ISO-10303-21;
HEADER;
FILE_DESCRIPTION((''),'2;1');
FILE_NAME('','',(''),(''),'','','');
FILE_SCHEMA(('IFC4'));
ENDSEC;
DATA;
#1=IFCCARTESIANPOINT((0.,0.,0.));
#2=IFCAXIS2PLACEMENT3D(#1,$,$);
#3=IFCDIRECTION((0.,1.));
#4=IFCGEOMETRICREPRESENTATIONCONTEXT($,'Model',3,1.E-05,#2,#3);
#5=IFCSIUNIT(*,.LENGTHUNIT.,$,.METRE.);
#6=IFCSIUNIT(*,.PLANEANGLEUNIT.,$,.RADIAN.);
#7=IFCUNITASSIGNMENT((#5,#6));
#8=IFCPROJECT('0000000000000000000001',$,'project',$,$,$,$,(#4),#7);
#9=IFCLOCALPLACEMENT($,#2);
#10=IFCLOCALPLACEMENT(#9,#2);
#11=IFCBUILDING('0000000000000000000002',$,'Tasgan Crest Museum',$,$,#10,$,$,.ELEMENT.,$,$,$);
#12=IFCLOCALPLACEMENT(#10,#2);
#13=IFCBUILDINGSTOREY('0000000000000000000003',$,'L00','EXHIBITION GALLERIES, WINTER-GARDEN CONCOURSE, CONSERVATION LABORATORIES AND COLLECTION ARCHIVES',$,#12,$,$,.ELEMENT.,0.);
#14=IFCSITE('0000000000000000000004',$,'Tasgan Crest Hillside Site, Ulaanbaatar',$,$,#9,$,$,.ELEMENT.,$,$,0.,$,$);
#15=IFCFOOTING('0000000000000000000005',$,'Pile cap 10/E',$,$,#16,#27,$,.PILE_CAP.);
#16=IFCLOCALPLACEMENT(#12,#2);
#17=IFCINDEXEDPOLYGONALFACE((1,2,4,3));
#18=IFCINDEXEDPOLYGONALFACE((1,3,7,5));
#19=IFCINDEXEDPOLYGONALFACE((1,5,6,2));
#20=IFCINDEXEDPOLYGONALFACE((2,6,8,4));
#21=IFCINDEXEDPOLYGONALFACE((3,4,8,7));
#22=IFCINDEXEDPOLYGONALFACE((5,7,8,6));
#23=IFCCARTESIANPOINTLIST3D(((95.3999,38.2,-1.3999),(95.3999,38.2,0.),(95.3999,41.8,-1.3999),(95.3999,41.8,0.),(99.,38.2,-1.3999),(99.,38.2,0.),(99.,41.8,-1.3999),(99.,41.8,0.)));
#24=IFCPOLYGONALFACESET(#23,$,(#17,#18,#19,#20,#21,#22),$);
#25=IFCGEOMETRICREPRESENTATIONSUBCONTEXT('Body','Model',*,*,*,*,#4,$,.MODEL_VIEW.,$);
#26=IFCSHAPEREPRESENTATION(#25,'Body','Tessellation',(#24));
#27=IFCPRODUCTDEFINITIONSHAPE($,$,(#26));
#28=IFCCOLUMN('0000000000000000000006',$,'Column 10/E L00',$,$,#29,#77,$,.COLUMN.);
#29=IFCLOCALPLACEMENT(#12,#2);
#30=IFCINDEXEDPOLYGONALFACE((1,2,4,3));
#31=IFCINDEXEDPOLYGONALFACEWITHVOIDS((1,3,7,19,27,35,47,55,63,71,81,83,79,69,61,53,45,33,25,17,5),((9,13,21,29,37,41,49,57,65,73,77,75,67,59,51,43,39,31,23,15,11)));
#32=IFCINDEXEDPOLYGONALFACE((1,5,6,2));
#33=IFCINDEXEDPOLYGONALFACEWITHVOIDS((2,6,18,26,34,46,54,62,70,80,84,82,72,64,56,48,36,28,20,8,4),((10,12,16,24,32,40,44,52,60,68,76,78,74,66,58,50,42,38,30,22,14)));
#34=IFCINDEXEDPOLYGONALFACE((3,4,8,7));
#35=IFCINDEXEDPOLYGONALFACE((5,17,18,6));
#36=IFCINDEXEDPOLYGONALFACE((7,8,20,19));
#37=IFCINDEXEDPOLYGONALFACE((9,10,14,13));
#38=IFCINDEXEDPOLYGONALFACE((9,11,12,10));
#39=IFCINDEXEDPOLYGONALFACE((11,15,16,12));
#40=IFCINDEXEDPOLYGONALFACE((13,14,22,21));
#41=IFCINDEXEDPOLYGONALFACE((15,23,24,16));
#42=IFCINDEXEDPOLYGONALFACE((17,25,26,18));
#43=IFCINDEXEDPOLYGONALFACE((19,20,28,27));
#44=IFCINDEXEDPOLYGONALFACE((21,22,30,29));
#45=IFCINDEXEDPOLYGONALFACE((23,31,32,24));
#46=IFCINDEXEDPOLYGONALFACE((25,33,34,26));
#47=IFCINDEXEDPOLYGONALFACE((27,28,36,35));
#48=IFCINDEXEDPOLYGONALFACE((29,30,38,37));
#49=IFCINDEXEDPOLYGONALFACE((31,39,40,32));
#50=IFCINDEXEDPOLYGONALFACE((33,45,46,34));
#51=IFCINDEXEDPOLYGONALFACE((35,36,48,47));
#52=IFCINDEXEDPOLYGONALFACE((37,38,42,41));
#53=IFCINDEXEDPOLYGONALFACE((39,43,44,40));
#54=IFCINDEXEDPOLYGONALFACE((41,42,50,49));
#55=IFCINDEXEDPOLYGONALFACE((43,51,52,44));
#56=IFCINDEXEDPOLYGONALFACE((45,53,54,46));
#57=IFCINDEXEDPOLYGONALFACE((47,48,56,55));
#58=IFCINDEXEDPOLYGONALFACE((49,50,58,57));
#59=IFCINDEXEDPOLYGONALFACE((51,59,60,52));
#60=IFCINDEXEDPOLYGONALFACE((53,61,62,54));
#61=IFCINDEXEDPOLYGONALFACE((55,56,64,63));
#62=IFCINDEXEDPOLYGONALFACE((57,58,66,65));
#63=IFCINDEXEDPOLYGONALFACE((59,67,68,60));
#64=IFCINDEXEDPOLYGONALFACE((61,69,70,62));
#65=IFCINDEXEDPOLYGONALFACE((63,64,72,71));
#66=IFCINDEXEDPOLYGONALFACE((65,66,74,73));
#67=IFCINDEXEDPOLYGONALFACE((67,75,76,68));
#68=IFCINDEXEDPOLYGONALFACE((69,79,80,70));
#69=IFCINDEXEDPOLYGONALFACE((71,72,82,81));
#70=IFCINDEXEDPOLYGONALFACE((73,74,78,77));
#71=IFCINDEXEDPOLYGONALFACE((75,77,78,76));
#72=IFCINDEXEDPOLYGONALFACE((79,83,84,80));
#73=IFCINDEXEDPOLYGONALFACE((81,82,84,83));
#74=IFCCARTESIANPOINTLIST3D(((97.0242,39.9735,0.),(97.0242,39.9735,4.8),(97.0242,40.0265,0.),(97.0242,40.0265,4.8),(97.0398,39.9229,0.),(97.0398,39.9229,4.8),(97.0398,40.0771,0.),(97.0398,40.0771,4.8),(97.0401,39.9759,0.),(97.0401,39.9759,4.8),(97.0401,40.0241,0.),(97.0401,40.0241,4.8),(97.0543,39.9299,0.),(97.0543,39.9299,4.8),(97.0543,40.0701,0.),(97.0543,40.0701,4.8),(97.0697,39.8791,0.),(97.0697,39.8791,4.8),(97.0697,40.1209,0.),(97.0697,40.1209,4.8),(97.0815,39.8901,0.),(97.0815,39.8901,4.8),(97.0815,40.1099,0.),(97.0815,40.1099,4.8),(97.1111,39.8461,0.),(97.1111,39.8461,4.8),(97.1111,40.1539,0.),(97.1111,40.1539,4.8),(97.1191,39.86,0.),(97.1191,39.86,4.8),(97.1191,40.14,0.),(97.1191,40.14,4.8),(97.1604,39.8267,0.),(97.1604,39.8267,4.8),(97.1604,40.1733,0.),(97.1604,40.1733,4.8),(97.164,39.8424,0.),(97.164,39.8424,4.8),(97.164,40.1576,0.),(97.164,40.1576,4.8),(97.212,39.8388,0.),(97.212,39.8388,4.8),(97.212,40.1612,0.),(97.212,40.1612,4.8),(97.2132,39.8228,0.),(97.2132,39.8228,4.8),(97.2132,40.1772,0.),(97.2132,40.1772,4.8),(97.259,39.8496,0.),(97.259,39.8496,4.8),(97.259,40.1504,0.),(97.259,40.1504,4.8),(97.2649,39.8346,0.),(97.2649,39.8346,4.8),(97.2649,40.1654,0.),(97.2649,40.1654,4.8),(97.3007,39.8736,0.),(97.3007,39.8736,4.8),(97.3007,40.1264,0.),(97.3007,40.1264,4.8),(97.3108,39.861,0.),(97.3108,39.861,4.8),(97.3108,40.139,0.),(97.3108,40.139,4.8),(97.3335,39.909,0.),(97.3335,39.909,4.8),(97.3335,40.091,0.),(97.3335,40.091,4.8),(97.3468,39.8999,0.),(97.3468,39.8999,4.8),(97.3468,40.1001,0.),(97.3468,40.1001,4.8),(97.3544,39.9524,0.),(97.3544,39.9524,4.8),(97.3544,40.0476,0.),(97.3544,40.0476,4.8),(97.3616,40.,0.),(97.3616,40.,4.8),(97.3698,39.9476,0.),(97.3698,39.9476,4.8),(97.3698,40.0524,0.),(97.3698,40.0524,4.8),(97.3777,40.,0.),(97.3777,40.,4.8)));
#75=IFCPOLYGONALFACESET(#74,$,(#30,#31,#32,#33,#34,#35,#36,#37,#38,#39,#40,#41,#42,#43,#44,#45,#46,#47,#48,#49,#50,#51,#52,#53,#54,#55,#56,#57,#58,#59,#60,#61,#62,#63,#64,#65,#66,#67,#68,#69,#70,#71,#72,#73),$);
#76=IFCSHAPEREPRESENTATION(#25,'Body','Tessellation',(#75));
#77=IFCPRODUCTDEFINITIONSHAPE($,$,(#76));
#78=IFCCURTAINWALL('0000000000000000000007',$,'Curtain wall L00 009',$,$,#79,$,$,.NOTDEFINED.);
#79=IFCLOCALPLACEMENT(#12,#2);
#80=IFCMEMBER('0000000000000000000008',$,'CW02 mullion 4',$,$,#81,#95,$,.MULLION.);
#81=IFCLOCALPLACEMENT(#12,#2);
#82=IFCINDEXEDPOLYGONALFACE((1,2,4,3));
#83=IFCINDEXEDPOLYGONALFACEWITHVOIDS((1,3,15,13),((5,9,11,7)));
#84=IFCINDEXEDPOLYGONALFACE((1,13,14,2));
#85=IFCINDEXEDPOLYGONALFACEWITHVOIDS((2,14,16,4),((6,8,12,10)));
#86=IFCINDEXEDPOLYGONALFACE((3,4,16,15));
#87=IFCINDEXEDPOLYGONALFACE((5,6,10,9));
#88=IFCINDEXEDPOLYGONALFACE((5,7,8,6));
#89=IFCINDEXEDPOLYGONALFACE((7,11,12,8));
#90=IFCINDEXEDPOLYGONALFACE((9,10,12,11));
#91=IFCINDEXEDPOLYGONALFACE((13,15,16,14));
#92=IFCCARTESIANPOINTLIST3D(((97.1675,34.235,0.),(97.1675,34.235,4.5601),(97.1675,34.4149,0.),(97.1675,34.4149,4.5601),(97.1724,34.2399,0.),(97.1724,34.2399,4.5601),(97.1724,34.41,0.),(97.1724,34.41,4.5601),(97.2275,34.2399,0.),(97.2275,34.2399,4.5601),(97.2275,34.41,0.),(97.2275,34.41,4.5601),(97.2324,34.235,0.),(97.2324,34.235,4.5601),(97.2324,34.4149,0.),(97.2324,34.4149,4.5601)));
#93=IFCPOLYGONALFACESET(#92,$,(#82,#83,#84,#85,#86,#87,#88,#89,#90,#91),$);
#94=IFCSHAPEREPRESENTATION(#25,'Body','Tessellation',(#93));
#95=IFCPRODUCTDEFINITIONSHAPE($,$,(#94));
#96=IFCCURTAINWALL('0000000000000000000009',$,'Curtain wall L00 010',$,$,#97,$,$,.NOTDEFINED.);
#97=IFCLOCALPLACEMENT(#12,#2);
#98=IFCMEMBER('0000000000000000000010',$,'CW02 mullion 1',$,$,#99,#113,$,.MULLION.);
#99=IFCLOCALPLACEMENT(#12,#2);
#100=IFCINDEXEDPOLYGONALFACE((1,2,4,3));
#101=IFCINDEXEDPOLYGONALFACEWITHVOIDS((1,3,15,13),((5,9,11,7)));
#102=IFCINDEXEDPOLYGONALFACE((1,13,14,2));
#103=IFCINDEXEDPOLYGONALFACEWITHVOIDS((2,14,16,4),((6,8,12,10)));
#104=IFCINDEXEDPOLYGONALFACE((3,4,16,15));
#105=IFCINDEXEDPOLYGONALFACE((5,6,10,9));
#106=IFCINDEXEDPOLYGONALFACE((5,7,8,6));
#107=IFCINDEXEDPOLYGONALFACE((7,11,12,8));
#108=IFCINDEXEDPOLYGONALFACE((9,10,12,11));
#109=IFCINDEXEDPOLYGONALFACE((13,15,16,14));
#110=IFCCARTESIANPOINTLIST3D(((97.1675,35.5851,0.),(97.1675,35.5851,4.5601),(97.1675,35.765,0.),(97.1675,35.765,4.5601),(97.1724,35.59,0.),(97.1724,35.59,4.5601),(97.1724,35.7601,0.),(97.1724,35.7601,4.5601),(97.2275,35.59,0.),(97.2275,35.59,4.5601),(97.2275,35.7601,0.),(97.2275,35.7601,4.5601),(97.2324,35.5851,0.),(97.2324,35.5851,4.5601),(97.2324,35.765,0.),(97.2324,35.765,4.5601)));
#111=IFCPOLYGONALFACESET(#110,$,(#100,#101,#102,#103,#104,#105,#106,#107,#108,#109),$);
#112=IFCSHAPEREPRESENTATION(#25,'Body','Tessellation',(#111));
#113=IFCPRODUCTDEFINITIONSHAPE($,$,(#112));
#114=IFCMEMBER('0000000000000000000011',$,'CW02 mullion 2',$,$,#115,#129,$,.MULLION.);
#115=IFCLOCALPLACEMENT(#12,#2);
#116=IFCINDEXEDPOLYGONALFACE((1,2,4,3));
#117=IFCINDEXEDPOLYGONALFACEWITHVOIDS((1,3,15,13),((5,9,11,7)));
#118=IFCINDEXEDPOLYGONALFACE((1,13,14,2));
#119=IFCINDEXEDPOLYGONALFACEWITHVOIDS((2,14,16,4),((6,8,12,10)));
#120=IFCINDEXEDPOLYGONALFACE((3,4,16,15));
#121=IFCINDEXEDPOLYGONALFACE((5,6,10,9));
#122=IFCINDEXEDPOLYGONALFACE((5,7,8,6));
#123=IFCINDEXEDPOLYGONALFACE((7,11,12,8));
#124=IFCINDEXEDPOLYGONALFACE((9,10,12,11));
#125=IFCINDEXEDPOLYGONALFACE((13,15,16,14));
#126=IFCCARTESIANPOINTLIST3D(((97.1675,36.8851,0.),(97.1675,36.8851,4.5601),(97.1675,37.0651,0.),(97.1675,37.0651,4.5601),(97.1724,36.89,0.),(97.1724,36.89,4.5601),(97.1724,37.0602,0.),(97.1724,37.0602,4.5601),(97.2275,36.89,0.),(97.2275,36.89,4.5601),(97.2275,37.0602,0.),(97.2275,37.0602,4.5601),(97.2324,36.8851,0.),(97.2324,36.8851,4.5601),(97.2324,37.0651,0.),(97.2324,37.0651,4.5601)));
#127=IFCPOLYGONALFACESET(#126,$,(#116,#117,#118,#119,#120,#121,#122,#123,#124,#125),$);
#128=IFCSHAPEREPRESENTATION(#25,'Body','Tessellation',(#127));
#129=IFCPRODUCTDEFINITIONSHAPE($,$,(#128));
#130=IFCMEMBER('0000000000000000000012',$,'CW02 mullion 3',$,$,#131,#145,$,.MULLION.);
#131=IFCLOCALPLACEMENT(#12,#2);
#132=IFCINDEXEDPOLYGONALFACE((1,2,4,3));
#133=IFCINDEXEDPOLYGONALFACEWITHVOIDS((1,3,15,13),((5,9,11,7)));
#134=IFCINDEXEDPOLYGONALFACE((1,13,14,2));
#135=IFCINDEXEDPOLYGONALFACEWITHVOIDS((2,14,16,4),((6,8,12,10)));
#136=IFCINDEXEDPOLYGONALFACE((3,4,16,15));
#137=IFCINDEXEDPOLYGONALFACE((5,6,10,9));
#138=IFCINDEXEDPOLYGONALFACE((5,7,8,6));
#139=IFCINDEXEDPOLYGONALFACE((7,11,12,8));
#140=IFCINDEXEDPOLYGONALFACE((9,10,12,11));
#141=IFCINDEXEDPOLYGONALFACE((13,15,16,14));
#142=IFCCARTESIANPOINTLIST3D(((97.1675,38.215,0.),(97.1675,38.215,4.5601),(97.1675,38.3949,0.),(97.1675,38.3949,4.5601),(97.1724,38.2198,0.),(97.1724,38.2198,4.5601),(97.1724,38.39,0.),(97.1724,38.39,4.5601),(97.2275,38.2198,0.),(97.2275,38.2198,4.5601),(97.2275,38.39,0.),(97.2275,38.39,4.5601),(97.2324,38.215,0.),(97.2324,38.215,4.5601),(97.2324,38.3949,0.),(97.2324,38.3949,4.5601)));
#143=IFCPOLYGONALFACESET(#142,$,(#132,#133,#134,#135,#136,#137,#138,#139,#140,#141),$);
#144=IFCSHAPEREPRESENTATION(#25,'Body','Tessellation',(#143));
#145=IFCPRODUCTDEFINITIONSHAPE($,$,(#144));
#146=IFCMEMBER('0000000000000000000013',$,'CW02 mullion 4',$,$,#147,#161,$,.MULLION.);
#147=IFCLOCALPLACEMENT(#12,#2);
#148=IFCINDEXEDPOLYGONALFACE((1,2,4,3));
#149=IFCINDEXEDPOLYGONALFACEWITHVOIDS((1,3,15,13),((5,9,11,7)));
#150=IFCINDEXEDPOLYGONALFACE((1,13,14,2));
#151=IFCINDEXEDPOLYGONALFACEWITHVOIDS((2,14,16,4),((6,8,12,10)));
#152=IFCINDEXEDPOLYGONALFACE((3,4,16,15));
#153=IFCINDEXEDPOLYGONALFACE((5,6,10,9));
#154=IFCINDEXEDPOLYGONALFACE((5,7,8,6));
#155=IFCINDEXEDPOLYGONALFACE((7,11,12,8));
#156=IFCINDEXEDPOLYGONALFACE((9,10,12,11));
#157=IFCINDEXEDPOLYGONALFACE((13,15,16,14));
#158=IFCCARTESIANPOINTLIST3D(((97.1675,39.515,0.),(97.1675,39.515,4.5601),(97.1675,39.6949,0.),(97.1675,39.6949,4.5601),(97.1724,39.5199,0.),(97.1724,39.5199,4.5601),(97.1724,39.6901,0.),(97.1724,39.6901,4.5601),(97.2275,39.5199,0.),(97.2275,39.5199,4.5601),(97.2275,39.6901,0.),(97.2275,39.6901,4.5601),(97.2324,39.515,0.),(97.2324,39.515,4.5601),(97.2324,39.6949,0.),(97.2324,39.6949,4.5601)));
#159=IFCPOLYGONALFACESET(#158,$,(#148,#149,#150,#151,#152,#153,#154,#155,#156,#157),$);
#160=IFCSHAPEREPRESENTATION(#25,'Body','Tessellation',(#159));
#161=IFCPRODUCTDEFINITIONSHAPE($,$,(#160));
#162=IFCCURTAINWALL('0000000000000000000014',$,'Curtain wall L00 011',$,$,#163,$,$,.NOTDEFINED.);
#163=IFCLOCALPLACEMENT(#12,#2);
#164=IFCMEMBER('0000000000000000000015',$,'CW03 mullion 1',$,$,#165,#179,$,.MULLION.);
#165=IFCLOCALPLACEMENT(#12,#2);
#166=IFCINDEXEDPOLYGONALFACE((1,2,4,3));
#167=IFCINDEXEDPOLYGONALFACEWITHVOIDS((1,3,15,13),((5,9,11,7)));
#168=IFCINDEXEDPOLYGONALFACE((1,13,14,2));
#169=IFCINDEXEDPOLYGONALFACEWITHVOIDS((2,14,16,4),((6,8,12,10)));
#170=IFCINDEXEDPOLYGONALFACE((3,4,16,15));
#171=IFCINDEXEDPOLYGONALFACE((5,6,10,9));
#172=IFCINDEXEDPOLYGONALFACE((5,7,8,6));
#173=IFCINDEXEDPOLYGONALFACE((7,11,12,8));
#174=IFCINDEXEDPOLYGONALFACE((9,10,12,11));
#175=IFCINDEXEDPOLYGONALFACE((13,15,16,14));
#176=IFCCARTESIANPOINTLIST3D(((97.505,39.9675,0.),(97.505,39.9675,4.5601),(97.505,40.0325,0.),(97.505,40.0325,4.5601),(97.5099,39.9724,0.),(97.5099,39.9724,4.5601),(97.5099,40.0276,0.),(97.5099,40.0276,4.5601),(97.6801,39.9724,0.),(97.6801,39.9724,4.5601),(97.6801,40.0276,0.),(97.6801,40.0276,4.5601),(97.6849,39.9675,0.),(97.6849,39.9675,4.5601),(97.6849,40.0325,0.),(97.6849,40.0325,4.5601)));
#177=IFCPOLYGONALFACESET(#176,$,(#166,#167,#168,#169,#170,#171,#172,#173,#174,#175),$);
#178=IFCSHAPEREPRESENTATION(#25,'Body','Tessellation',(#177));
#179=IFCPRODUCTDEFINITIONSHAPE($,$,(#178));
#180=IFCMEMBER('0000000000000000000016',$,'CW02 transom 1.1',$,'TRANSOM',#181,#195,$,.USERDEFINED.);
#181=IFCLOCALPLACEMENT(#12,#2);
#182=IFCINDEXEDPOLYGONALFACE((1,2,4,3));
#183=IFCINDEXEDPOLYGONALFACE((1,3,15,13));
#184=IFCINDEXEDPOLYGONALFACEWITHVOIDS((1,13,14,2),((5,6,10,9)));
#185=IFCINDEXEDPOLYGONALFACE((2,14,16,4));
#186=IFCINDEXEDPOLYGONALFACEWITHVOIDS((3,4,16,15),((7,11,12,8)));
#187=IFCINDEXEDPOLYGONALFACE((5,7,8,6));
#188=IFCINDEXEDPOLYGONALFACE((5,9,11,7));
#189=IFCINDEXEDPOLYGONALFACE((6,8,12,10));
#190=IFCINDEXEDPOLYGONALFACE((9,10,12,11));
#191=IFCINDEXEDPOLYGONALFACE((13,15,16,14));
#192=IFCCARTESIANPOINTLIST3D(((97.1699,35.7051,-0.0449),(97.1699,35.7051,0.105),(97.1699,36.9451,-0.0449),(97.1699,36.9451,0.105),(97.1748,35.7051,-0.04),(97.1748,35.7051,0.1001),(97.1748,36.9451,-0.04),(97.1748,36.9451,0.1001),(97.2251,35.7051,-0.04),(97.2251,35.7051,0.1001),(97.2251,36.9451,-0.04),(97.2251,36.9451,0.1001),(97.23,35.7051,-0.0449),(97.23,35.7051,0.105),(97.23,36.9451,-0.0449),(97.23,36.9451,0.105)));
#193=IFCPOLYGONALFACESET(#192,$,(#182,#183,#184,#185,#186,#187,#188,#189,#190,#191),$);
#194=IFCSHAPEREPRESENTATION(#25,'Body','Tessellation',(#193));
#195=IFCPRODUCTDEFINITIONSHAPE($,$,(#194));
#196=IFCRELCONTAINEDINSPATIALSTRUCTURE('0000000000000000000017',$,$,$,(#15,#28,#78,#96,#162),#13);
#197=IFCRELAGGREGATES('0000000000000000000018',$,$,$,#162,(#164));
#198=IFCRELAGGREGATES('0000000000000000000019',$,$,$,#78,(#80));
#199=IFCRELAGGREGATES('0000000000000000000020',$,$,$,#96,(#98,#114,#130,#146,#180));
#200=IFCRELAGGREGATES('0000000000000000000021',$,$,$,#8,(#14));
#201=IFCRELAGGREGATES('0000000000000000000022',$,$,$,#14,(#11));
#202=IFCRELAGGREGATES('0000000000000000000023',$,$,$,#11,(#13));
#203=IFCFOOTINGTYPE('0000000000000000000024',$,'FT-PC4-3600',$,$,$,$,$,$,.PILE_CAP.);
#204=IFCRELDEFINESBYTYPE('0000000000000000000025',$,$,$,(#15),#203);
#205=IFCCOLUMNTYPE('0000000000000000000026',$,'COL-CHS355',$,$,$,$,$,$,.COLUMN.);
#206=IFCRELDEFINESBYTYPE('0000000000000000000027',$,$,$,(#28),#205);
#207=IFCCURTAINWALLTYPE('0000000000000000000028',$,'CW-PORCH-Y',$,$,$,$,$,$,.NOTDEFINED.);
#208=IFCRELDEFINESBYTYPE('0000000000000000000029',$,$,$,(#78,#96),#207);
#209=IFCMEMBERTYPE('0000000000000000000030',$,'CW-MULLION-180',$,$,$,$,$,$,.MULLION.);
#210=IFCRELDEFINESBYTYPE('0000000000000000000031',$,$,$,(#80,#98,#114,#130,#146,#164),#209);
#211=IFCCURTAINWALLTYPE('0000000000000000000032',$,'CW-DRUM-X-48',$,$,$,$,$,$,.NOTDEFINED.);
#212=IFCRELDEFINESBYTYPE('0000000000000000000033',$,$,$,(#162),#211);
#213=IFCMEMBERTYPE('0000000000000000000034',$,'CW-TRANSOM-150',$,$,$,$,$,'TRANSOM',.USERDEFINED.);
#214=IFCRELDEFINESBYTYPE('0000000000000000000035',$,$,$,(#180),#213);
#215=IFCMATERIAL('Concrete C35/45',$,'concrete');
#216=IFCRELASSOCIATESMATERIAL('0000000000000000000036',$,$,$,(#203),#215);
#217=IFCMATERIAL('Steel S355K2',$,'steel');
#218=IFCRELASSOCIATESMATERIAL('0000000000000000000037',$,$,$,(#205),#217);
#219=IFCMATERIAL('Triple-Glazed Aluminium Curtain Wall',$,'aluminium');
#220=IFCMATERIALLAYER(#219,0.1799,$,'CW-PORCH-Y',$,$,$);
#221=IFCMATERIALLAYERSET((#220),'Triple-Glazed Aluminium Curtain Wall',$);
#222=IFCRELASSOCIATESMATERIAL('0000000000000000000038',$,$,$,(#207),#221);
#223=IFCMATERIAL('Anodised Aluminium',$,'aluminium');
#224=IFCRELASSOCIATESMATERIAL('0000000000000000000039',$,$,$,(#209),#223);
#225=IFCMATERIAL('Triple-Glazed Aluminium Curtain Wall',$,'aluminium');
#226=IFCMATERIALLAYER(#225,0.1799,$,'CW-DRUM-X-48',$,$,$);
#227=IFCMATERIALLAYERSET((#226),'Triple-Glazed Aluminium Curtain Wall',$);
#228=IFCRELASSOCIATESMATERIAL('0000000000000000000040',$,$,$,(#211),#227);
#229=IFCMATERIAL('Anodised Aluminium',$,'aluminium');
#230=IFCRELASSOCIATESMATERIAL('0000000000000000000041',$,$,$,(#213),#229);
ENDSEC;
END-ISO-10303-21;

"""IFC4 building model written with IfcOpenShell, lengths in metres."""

from ifc_helpers import new_model, si_unit, direction, frame, origin, origin_2d, place, context, subcontext, project, spatial, rectangle, hollow_rectangle, hollow_circle, extrude, material, layer, layer_set, material_profile, profile_set, type_object, element, aggregate, save


model = new_model("IFC4")

# Units and contexts
model_context = context("Model", 3, precision=1e-05, world=origin(), true_north=direction((0.0, 1.0)))
body_context = subcontext(model_context, "Body", "Model", "MODEL_VIEW")
ifc_project = project(units=[si_unit("LENGTHUNIT", "METRE"), si_unit("PLANEANGLEUNIT", "RADIAN")], contexts=[model_context])

# Site, building, storey
site_placement = place(None, origin())
site = spatial("IfcSite", under=ifc_project, at=site_placement, Name="Tasgan Crest Hillside Site, Ulaanbaatar", CompositionType="ELEMENT", RefElevation=0.0)
building_placement = place(site_placement, origin())
building = spatial("IfcBuilding", under=site, at=building_placement, Name="Tasgan Crest Museum", CompositionType="ELEMENT")
storey_placement = place(building_placement, origin())
storey = spatial("IfcBuildingStorey", under=building, at=storey_placement, Name="L00", Description="EXHIBITION GALLERIES, WINTER-GARDEN CONCOURSE, CONSERVATION LABORATORIES AND COLLECTION ARCHIVES", CompositionType="ELEMENT", Elevation=0.0)

# Footing
ifc_material_1 = material(Name="Concrete C35/45", Category="concrete")
footing_type = type_object("IfcFootingType", Name="FT-PC4-3600", PredefinedType="PILE_CAP", material=ifc_material_1)
footing_placement = place(storey_placement, frame((97.2, 40.0, -1.3999), z_axis=(0.0, 0.0, 1.0), x_axis=(1.0, 0.0, 0.0)))
element("IfcFooting", 1, at=footing_placement, inside=storey, type_object=footing_type, Name="Pile cap 10/E", PredefinedType="PILE_CAP", context=body_context, shape_type="SweptSolid", body=[
    extrude(rectangle(XDim=3.6001, YDim=3.6001, at=origin_2d()), origin(), (0.0, 0.0, 1.0), 1.3999),
])

# Column
ifc_material_2 = material(Name="Steel S355K2", Category="steel")
ifc_material_profile_1 = material_profile(ifc_material_2, hollow_circle(Radius=0.1777, WallThickness=0.0161, at=origin_2d()), Name="CHS 355.6x16")
ifc_profile_set_1 = profile_set([ifc_material_profile_1], Name="Steel S355K2")
column_type = type_object("IfcColumnType", Name="COL-CHS355", PredefinedType="COLUMN", material=ifc_profile_set_1)
column_placement = place(storey_placement, frame((97.2, 40.0, 0.0), z_axis=(0.0, 0.0, 1.0), x_axis=(1.0, 0.0, 0.0)))
element("IfcColumn", 2, at=column_placement, inside=storey, type_object=column_type, Name="Column 10/E L00", PredefinedType="COLUMN", context=body_context, shape_type="SweptSolid", body=[
    extrude(hollow_circle(Radius=0.1777, WallThickness=0.0161, at=origin_2d()), origin(), (0.0, 0.0, 1.0), 4.8),
])

# Curtain wall, member
ifc_material_3 = material(Name="Triple-Glazed Aluminium Curtain Wall", Category="aluminium")
ifc_layer_1 = layer(ifc_material_3, 0.1799, Name="CW-PORCH-Y")
ifc_layer_set_1 = layer_set([ifc_layer_1], Name="Triple-Glazed Aluminium Curtain Wall")
curtain_wall_type_1 = type_object("IfcCurtainWallType", Name="CW-PORCH-Y", PredefinedType="NOTDEFINED", material=ifc_layer_set_1)
curtain_wall_1_placement = place(storey_placement, origin())
curtain_wall_1 = element("IfcCurtainWall", 3, at=curtain_wall_1_placement, inside=storey, type_object=curtain_wall_type_1, Name="Curtain wall L00 009", PredefinedType="NOTDEFINED")
ifc_material_4 = material(Name="Anodised Aluminium", Category="aluminium")
ifc_material_profile_2 = material_profile(ifc_material_4, hollow_rectangle(XDim=0.0649, YDim=0.1799, WallThickness=0.0049, at=origin_2d()), Name="ALU MULLION 180x65x5")
ifc_profile_set_2 = profile_set([ifc_material_profile_2], Name="Anodised Aluminium")
member_type_1 = type_object("IfcMemberType", Name="CW-MULLION-180", PredefinedType="MULLION", material=ifc_profile_set_2)
member_1_placement = place(storey_placement, frame((97.2, 34.325, 0.0), z_axis=(0.0, 0.0, 1.0), x_axis=(-1.0, 0.0, 0.0)))
member_1 = element("IfcMember", 4, at=member_1_placement, type_object=member_type_1, Name="CW02 mullion 4", PredefinedType="MULLION", context=body_context, shape_type="SweptSolid", body=[
    extrude(hollow_rectangle(XDim=0.0649, YDim=0.1799, WallThickness=0.0049, at=origin_2d()), origin(), (0.0, 0.0, 1.0), 4.5601),
])

# Curtain wall, members
curtain_wall_2_placement = place(storey_placement, origin())
curtain_wall_2 = element("IfcCurtainWall", 5, at=curtain_wall_2_placement, inside=storey, type_object=curtain_wall_type_1, Name="Curtain wall L00 010", PredefinedType="NOTDEFINED")
member_2_placement = place(storey_placement, frame((97.2, 35.675, 0.0), z_axis=(0.0, 0.0, 1.0), x_axis=(-1.0, 0.0, 0.0)))
member_2 = element("IfcMember", 6, at=member_2_placement, type_object=member_type_1, Name="CW02 mullion 1", PredefinedType="MULLION", context=body_context, shape_type="SweptSolid", body=[
    extrude(hollow_rectangle(XDim=0.0649, YDim=0.1799, WallThickness=0.0049, at=origin_2d()), origin(), (0.0, 0.0, 1.0), 4.5601),
])
member_3_placement = place(storey_placement, frame((97.2, 36.9751, 0.0), z_axis=(0.0, 0.0, 1.0), x_axis=(-1.0, 0.0, 0.0)))
member_3 = element("IfcMember", 7, at=member_3_placement, type_object=member_type_1, Name="CW02 mullion 2", PredefinedType="MULLION", context=body_context, shape_type="SweptSolid", body=[
    extrude(hollow_rectangle(XDim=0.0649, YDim=0.1799, WallThickness=0.0049, at=origin_2d()), origin(), (0.0, 0.0, 1.0), 4.5601),
])
member_4_placement = place(storey_placement, frame((97.2, 38.3049, 0.0), z_axis=(0.0, 0.0, 1.0), x_axis=(-1.0, 0.0, 0.0)))
member_4 = element("IfcMember", 8, at=member_4_placement, type_object=member_type_1, Name="CW02 mullion 3", PredefinedType="MULLION", context=body_context, shape_type="SweptSolid", body=[
    extrude(hollow_rectangle(XDim=0.0649, YDim=0.1799, WallThickness=0.0049, at=origin_2d()), origin(), (0.0, 0.0, 1.0), 4.5601),
])
member_5_placement = place(storey_placement, frame((97.2, 39.605, 0.0), z_axis=(0.0, 0.0, 1.0), x_axis=(-1.0, 0.0, 0.0)))
member_5 = element("IfcMember", 9, at=member_5_placement, type_object=member_type_1, Name="CW02 mullion 4", PredefinedType="MULLION", context=body_context, shape_type="SweptSolid", body=[
    extrude(hollow_rectangle(XDim=0.0649, YDim=0.1799, WallThickness=0.0049, at=origin_2d()), origin(), (0.0, 0.0, 1.0), 4.5601),
])

# Curtain wall, member
ifc_material_5 = material(Name="Triple-Glazed Aluminium Curtain Wall", Category="aluminium")
ifc_layer_2 = layer(ifc_material_5, 0.1799, Name="CW-DRUM-X-48")
ifc_layer_set_2 = layer_set([ifc_layer_2], Name="Triple-Glazed Aluminium Curtain Wall")
curtain_wall_type_2 = type_object("IfcCurtainWallType", Name="CW-DRUM-X-48", PredefinedType="NOTDEFINED", material=ifc_layer_set_2)
curtain_wall_3_placement = place(storey_placement, origin())
curtain_wall_3 = element("IfcCurtainWall", 10, at=curtain_wall_3_placement, inside=storey, type_object=curtain_wall_type_2, Name="Curtain wall L00 011", PredefinedType="NOTDEFINED")
member_6_placement = place(storey_placement, frame((97.595, 40.0, 0.0), z_axis=(0.0, 0.0, 1.0), x_axis=(0.0, 1.0, 0.0)))
member_6 = element("IfcMember", 11, at=member_6_placement, type_object=member_type_1, Name="CW03 mullion 1", PredefinedType="MULLION", context=body_context, shape_type="SweptSolid", body=[
    extrude(hollow_rectangle(XDim=0.0649, YDim=0.1799, WallThickness=0.0049, at=origin_2d()), origin(), (0.0, 0.0, 1.0), 4.5601),
])

# Member
ifc_material_6 = material(Name="Anodised Aluminium", Category="aluminium")
ifc_material_profile_3 = material_profile(ifc_material_6, hollow_rectangle(XDim=0.0601, YDim=0.1499, WallThickness=0.0049, at=origin_2d()), Name="ALU TRANSOM 150x60x5")
ifc_profile_set_3 = profile_set([ifc_material_profile_3], Name="Anodised Aluminium")
member_type_2 = type_object("IfcMemberType", Name="CW-TRANSOM-150", ElementType="TRANSOM", PredefinedType="USERDEFINED", material=ifc_profile_set_3)
member_7_placement = place(storey_placement, frame((97.2, 35.7051, 0.03), z_axis=(0.0, 1.0, 0.0), x_axis=(-1.0, 0.0, 0.0)))
member_7 = element("IfcMember", 12, at=member_7_placement, type_object=member_type_2, Name="CW02 transom 1.1", ObjectType="TRANSOM", PredefinedType="USERDEFINED", context=body_context, shape_type="SweptSolid", body=[
    extrude(hollow_rectangle(XDim=0.0601, YDim=0.1499, WallThickness=0.0049, at=origin_2d()), origin(), (0.0, 0.0, 1.0), 1.24),
])
aggregate(curtain_wall_3, [member_6])

aggregate(curtain_wall_1, [member_1])
aggregate(curtain_wall_2, [member_2, member_3, member_4, member_5, member_7])

save(model, "model.ifc")
